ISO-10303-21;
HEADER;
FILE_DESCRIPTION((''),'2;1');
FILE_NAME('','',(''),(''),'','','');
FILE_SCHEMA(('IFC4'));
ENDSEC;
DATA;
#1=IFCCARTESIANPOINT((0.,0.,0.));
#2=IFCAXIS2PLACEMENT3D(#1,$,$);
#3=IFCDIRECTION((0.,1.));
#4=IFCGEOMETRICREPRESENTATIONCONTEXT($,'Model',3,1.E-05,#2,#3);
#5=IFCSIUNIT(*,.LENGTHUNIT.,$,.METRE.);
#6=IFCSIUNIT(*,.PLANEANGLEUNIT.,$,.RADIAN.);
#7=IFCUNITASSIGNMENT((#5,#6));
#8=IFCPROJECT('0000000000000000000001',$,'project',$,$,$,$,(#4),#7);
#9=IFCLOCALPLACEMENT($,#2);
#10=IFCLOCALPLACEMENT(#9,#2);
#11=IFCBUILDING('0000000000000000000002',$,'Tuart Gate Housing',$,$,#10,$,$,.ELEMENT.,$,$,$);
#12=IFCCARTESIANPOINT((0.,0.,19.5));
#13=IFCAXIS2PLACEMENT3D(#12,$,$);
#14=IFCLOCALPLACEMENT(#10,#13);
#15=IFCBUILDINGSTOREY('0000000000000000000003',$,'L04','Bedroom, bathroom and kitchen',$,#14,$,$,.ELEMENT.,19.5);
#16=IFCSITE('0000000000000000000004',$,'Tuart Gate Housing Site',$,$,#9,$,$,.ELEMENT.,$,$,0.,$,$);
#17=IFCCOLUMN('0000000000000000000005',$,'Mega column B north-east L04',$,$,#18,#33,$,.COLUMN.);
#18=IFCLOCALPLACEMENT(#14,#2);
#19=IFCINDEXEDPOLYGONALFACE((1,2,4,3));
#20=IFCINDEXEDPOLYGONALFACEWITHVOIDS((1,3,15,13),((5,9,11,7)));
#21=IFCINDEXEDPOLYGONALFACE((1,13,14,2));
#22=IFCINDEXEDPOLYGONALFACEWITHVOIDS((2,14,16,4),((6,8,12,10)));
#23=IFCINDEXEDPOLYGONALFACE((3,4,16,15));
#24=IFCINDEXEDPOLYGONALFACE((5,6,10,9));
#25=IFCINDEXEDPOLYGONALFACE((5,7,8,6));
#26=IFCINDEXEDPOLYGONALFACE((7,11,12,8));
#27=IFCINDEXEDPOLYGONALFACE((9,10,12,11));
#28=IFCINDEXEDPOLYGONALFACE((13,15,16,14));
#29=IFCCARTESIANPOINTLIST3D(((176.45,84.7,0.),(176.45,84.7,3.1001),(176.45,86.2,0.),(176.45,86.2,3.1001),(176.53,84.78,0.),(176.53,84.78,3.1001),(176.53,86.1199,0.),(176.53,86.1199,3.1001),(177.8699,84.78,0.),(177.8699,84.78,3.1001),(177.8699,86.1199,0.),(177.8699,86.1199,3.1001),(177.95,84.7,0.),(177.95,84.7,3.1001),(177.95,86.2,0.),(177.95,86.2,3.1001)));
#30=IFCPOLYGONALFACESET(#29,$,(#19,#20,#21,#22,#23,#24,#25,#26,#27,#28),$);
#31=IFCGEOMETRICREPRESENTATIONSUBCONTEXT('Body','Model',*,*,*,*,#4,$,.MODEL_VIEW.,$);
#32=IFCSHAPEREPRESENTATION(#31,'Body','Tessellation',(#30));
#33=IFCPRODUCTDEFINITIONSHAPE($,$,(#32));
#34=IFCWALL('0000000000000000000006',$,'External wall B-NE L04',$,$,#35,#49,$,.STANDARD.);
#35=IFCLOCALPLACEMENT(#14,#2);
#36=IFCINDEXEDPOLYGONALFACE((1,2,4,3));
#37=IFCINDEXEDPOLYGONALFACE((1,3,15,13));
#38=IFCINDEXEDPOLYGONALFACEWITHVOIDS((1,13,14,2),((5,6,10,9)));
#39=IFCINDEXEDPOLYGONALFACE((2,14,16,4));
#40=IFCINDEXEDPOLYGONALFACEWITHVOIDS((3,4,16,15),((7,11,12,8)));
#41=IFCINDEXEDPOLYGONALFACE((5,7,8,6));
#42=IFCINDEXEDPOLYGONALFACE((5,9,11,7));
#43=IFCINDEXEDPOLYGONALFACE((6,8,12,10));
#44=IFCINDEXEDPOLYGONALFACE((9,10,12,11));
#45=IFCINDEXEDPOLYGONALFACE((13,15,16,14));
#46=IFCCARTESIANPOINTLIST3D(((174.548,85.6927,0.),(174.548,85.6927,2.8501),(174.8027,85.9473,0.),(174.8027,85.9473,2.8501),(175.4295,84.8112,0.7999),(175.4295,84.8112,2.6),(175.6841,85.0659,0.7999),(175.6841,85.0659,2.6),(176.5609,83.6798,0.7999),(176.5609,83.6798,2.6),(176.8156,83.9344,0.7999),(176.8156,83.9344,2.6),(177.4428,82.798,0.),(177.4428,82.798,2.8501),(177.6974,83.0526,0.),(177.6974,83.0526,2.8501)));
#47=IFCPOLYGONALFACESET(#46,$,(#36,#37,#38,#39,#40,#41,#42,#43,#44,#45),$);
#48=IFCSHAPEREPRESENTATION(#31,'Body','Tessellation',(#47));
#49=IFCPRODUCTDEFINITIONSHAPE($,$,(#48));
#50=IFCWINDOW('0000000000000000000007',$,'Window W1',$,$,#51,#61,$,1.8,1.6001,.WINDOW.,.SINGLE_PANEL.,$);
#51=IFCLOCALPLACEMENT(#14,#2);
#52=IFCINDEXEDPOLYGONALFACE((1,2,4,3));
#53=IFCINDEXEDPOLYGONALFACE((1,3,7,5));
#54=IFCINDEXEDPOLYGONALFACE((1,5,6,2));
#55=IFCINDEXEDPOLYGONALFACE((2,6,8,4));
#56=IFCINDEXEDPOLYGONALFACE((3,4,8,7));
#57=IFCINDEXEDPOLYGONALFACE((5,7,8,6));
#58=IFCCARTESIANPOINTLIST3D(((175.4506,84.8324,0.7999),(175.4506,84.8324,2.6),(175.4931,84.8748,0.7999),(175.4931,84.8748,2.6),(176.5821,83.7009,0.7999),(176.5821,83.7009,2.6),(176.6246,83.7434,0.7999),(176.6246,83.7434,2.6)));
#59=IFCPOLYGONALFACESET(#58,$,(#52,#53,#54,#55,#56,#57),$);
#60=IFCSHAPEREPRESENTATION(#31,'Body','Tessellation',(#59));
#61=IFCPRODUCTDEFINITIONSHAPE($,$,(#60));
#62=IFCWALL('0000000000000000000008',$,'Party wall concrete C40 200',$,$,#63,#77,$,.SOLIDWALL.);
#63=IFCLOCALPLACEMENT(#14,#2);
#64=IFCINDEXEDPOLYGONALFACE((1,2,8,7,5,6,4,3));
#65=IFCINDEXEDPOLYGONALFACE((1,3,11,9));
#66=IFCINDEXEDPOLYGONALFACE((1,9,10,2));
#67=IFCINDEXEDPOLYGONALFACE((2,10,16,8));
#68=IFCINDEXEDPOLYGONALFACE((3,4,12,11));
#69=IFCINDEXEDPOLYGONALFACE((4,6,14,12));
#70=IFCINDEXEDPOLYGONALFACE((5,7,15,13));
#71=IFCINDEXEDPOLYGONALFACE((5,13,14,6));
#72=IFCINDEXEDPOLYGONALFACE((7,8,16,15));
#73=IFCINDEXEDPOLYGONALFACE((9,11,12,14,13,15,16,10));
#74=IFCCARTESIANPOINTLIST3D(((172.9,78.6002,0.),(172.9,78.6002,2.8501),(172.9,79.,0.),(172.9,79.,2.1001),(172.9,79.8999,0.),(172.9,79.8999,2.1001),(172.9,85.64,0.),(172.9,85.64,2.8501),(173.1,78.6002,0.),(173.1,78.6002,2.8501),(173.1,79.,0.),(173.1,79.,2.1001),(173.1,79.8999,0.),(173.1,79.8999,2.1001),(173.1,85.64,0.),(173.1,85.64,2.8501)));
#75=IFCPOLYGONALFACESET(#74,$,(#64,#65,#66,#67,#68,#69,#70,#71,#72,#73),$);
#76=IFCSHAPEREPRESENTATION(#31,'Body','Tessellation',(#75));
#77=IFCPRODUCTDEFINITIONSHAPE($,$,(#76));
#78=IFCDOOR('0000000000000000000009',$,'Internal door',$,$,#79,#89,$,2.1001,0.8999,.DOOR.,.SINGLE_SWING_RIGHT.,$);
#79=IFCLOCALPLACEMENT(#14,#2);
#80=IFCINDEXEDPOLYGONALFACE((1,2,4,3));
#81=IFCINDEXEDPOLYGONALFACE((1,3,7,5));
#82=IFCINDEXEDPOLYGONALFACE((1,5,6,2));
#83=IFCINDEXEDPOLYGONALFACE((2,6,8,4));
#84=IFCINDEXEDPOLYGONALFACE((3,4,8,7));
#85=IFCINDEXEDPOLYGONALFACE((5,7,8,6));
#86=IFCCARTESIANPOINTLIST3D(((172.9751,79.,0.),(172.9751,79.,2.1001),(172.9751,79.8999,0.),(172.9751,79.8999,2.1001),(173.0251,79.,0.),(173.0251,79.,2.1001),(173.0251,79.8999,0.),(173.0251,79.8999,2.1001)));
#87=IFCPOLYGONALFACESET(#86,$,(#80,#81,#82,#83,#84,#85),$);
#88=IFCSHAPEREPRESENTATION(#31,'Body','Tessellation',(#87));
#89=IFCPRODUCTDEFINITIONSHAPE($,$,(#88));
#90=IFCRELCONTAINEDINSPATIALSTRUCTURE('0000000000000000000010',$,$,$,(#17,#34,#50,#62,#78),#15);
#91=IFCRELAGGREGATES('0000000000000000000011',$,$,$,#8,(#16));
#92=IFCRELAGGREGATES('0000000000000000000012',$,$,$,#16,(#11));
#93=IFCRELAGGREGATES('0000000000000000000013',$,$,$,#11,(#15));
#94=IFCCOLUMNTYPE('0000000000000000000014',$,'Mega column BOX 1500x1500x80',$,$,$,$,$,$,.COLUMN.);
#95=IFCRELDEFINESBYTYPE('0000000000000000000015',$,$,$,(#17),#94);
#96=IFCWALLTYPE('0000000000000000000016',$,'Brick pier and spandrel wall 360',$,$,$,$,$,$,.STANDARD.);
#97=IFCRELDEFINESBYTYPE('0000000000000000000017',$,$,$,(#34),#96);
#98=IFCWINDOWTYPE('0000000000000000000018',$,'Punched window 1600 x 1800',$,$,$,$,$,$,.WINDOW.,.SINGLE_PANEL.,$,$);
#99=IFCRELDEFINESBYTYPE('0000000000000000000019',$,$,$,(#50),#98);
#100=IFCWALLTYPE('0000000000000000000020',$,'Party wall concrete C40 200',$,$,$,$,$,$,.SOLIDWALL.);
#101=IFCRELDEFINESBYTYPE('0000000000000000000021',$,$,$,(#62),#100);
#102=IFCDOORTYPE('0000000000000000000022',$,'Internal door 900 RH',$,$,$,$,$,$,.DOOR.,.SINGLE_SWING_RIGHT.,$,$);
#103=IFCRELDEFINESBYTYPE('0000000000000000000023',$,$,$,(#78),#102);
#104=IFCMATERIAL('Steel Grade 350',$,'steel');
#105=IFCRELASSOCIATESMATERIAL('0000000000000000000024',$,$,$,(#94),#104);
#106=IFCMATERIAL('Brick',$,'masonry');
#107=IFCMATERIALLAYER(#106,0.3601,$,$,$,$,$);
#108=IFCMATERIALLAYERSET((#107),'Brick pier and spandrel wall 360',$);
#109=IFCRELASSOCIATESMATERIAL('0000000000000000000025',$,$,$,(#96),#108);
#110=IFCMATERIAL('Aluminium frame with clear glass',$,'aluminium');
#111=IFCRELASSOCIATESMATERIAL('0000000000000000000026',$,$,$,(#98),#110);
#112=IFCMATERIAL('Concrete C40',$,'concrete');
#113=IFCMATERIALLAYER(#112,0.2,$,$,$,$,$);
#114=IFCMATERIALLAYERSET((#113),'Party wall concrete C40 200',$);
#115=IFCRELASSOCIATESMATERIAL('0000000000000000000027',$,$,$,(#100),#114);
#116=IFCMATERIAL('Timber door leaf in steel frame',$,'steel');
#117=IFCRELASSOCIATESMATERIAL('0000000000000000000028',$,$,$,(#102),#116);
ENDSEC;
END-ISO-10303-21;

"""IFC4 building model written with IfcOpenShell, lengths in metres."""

from ifc_helpers import new_model, si_unit, direction, frame, frame_2d, origin, origin_2d, place, context, subcontext, project, spatial, rectangle, hollow_rectangle, extrude, material, layer, layer_set, material_profile, profile_set, type_object, element, fill, save


model = new_model("IFC4")

# Units and contexts
model_context = context("Model", 3, precision=1e-05, world=origin(), true_north=direction((0.0, 1.0)))
body_context = subcontext(model_context, "Body", "Model", "MODEL_VIEW")
ifc_project = project(units=[si_unit("LENGTHUNIT", "METRE"), si_unit("PLANEANGLEUNIT", "RADIAN")], contexts=[model_context])

# Site, building, storey
site_placement = place(None, origin())
site = spatial("IfcSite", under=ifc_project, at=site_placement, Name="Tuart Gate Housing Site", CompositionType="ELEMENT", RefElevation=0.0)
building_placement = place(site_placement, origin())
building = spatial("IfcBuilding", under=site, at=building_placement, Name="Tuart Gate Housing", CompositionType="ELEMENT")
storey_placement = place(building_placement, frame((0.0, 0.0, 19.5)))
storey = spatial("IfcBuildingStorey", under=building, at=storey_placement, Name="L04", Description="Bedroom, bathroom and kitchen", CompositionType="ELEMENT", Elevation=19.5)

# Column
ifc_material_1 = material(Name="Steel Grade 350", Category="steel")
ifc_material_profile = material_profile(ifc_material_1, hollow_rectangle(XDim=1.5, YDim=1.5, WallThickness=0.0801, at=origin_2d()), Name="BOX 1500x1500x80")
ifc_profile_set = profile_set([ifc_material_profile], Name="Steel Grade 350")
column_type = type_object("IfcColumnType", Name="Mega column BOX 1500x1500x80", PredefinedType="COLUMN", material=ifc_profile_set)
column_placement = place(storey_placement, frame((177.2, 85.45, 0.0), z_axis=(0.0, 0.0, 1.0), x_axis=(1.0, 0.0, 0.0)))
element("IfcColumn", 1, at=column_placement, inside=storey, type_object=column_type, Name="Mega column B north-east L04", PredefinedType="COLUMN", context=body_context, shape_type="SweptSolid", body=[
    extrude(hollow_rectangle(XDim=1.5, YDim=1.5, WallThickness=0.0801, at=origin_2d()), origin(), (0.0, 0.0, 1.0), 3.1001),
])

# Wall, opening, window
ifc_material_2 = material(Name="Brick", Category="masonry")
ifc_layer_1 = layer(ifc_material_2, 0.3601)
ifc_layer_set_1 = layer_set([ifc_layer_1], Name="Brick pier and spandrel wall 360")
wall_type_1 = type_object("IfcWallType", Name="Brick pier and spandrel wall 360", PredefinedType="STANDARD", material=ifc_layer_set_1)
wall_1_placement = place(storey_placement, frame((177.5701, 82.9253, 0.0), z_axis=(0.0, 0.0, 1.0), x_axis=(-0.707107, 0.707107, 0.0)))
wall_1 = element("IfcWall", 2, at=wall_1_placement, inside=storey, type_object=wall_type_1, Name="External wall B-NE L04", PredefinedType="STANDARD", context=body_context, shape_type="SweptSolid", body=[
    extrude(rectangle(XDim=4.0938, YDim=0.3601, at=frame_2d((2.0469, 0.0))), origin(), (0.0, 0.0, 1.0), 2.8501),
])
opening_1_placement = place(wall_1_placement, frame((1.2471, 0.0, 0.8)))
opening_1 = element("IfcOpeningElement", 3, at=opening_1_placement, cuts=wall_1, PredefinedType="OPENING", context=body_context, shape_type="SweptSolid", body=[
    extrude(rectangle(XDim=1.6001, YDim=1.8, at=frame_2d((0.8, 0.8999))), frame((0.0, 0.1899, 0.0), z_axis=(0.0, -1.0, 0.0), x_axis=(1.0, 0.0, 0.0)), (0.0, 0.0, 1.0), 0.3801),
])
ifc_material_3 = material(Name="Aluminium frame with clear glass", Category="aluminium")
window_type_1 = type_object("IfcWindowType", Name="Punched window 1600 x 1800", PartitioningType="SINGLE_PANEL", PredefinedType="WINDOW", material=ifc_material_3)
window_1_placement = place(opening_1_placement, origin())
window_1 = element("IfcWindow", 4, at=window_1_placement, inside=storey, type_object=window_type_1, Name="Window W1", OverallHeight=1.8, OverallWidth=1.6001, PartitioningType="SINGLE_PANEL", PredefinedType="WINDOW", context=body_context, shape_type="SweptSolid", body=[
    extrude(rectangle(XDim=1.6001, YDim=1.8, at=frame_2d((0.8, 0.8999))), frame((0.0, 0.1501, 0.0), z_axis=(0.0, -1.0, 0.0), x_axis=(1.0, 0.0, 0.0)), (0.0, 0.0, 1.0), 0.0601),
])
fill(opening_1, window_1)

# Wall, opening, door
ifc_material_4 = material(Name="Concrete C40", Category="concrete")
ifc_layer_2 = layer(ifc_material_4, 0.2)
ifc_layer_set_2 = layer_set([ifc_layer_2], Name="Party wall concrete C40 200")
wall_type_2 = type_object("IfcWallType", Name="Party wall concrete C40 200", PredefinedType="SOLIDWALL", material=ifc_layer_set_2)
wall_2_placement = place(storey_placement, frame((173.0, 78.6001, 0.0), z_axis=(0.0, 0.0, 1.0), x_axis=(0.0, 1.0, 0.0)))
wall_2 = element("IfcWall", 5, at=wall_2_placement, inside=storey, type_object=wall_type_2, Name="Party wall concrete C40 200", PredefinedType="SOLIDWALL", context=body_context, shape_type="SweptSolid", body=[
    extrude(rectangle(XDim=7.0398, YDim=0.2, at=frame_2d((3.52, 0.0))), origin(), (0.0, 0.0, 1.0), 2.8501),
])
opening_2_placement = place(wall_2_placement, frame((0.3999, 0.0, 0.0)))
opening_2 = element("IfcOpeningElement", 6, at=opening_2_placement, cuts=wall_2, PredefinedType="OPENING", context=body_context, shape_type="SweptSolid", body=[
    extrude(rectangle(XDim=0.8999, YDim=2.1001, at=frame_2d((0.45, 1.05))), frame((0.0, 0.1099, 0.0), z_axis=(0.0, -1.0, 0.0), x_axis=(1.0, 0.0, 0.0)), (0.0, 0.0, 1.0), 0.22),
])
ifc_material_5 = material(Name="Timber door leaf in steel frame", Category="steel")
door_type = type_object("IfcDoorType", Name="Internal door 900 RH", OperationType="SINGLE_SWING_RIGHT", PredefinedType="DOOR", material=ifc_material_5)
door_placement = place(opening_2_placement, frame((0.8999, 0.0, 0.0), z_axis=(0.0, 0.0, 1.0), x_axis=(-1.0, 0.0, 0.0)))
door = element("IfcDoor", 7, at=door_placement, inside=storey, type_object=door_type, Name="Internal door", OperationType="SINGLE_SWING_RIGHT", OverallHeight=2.1001, OverallWidth=0.8999, PredefinedType="DOOR", context=body_context, shape_type="SweptSolid", body=[
    extrude(rectangle(XDim=0.8999, YDim=2.1001, at=frame_2d((0.45, 1.05))), frame((0.0, 0.0251, 0.0), z_axis=(0.0, -1.0, 0.0), x_axis=(1.0, 0.0, 0.0)), (0.0, 0.0, 1.0), 0.05),
])
fill(opening_2, door)

save(model, "model.ifc")
